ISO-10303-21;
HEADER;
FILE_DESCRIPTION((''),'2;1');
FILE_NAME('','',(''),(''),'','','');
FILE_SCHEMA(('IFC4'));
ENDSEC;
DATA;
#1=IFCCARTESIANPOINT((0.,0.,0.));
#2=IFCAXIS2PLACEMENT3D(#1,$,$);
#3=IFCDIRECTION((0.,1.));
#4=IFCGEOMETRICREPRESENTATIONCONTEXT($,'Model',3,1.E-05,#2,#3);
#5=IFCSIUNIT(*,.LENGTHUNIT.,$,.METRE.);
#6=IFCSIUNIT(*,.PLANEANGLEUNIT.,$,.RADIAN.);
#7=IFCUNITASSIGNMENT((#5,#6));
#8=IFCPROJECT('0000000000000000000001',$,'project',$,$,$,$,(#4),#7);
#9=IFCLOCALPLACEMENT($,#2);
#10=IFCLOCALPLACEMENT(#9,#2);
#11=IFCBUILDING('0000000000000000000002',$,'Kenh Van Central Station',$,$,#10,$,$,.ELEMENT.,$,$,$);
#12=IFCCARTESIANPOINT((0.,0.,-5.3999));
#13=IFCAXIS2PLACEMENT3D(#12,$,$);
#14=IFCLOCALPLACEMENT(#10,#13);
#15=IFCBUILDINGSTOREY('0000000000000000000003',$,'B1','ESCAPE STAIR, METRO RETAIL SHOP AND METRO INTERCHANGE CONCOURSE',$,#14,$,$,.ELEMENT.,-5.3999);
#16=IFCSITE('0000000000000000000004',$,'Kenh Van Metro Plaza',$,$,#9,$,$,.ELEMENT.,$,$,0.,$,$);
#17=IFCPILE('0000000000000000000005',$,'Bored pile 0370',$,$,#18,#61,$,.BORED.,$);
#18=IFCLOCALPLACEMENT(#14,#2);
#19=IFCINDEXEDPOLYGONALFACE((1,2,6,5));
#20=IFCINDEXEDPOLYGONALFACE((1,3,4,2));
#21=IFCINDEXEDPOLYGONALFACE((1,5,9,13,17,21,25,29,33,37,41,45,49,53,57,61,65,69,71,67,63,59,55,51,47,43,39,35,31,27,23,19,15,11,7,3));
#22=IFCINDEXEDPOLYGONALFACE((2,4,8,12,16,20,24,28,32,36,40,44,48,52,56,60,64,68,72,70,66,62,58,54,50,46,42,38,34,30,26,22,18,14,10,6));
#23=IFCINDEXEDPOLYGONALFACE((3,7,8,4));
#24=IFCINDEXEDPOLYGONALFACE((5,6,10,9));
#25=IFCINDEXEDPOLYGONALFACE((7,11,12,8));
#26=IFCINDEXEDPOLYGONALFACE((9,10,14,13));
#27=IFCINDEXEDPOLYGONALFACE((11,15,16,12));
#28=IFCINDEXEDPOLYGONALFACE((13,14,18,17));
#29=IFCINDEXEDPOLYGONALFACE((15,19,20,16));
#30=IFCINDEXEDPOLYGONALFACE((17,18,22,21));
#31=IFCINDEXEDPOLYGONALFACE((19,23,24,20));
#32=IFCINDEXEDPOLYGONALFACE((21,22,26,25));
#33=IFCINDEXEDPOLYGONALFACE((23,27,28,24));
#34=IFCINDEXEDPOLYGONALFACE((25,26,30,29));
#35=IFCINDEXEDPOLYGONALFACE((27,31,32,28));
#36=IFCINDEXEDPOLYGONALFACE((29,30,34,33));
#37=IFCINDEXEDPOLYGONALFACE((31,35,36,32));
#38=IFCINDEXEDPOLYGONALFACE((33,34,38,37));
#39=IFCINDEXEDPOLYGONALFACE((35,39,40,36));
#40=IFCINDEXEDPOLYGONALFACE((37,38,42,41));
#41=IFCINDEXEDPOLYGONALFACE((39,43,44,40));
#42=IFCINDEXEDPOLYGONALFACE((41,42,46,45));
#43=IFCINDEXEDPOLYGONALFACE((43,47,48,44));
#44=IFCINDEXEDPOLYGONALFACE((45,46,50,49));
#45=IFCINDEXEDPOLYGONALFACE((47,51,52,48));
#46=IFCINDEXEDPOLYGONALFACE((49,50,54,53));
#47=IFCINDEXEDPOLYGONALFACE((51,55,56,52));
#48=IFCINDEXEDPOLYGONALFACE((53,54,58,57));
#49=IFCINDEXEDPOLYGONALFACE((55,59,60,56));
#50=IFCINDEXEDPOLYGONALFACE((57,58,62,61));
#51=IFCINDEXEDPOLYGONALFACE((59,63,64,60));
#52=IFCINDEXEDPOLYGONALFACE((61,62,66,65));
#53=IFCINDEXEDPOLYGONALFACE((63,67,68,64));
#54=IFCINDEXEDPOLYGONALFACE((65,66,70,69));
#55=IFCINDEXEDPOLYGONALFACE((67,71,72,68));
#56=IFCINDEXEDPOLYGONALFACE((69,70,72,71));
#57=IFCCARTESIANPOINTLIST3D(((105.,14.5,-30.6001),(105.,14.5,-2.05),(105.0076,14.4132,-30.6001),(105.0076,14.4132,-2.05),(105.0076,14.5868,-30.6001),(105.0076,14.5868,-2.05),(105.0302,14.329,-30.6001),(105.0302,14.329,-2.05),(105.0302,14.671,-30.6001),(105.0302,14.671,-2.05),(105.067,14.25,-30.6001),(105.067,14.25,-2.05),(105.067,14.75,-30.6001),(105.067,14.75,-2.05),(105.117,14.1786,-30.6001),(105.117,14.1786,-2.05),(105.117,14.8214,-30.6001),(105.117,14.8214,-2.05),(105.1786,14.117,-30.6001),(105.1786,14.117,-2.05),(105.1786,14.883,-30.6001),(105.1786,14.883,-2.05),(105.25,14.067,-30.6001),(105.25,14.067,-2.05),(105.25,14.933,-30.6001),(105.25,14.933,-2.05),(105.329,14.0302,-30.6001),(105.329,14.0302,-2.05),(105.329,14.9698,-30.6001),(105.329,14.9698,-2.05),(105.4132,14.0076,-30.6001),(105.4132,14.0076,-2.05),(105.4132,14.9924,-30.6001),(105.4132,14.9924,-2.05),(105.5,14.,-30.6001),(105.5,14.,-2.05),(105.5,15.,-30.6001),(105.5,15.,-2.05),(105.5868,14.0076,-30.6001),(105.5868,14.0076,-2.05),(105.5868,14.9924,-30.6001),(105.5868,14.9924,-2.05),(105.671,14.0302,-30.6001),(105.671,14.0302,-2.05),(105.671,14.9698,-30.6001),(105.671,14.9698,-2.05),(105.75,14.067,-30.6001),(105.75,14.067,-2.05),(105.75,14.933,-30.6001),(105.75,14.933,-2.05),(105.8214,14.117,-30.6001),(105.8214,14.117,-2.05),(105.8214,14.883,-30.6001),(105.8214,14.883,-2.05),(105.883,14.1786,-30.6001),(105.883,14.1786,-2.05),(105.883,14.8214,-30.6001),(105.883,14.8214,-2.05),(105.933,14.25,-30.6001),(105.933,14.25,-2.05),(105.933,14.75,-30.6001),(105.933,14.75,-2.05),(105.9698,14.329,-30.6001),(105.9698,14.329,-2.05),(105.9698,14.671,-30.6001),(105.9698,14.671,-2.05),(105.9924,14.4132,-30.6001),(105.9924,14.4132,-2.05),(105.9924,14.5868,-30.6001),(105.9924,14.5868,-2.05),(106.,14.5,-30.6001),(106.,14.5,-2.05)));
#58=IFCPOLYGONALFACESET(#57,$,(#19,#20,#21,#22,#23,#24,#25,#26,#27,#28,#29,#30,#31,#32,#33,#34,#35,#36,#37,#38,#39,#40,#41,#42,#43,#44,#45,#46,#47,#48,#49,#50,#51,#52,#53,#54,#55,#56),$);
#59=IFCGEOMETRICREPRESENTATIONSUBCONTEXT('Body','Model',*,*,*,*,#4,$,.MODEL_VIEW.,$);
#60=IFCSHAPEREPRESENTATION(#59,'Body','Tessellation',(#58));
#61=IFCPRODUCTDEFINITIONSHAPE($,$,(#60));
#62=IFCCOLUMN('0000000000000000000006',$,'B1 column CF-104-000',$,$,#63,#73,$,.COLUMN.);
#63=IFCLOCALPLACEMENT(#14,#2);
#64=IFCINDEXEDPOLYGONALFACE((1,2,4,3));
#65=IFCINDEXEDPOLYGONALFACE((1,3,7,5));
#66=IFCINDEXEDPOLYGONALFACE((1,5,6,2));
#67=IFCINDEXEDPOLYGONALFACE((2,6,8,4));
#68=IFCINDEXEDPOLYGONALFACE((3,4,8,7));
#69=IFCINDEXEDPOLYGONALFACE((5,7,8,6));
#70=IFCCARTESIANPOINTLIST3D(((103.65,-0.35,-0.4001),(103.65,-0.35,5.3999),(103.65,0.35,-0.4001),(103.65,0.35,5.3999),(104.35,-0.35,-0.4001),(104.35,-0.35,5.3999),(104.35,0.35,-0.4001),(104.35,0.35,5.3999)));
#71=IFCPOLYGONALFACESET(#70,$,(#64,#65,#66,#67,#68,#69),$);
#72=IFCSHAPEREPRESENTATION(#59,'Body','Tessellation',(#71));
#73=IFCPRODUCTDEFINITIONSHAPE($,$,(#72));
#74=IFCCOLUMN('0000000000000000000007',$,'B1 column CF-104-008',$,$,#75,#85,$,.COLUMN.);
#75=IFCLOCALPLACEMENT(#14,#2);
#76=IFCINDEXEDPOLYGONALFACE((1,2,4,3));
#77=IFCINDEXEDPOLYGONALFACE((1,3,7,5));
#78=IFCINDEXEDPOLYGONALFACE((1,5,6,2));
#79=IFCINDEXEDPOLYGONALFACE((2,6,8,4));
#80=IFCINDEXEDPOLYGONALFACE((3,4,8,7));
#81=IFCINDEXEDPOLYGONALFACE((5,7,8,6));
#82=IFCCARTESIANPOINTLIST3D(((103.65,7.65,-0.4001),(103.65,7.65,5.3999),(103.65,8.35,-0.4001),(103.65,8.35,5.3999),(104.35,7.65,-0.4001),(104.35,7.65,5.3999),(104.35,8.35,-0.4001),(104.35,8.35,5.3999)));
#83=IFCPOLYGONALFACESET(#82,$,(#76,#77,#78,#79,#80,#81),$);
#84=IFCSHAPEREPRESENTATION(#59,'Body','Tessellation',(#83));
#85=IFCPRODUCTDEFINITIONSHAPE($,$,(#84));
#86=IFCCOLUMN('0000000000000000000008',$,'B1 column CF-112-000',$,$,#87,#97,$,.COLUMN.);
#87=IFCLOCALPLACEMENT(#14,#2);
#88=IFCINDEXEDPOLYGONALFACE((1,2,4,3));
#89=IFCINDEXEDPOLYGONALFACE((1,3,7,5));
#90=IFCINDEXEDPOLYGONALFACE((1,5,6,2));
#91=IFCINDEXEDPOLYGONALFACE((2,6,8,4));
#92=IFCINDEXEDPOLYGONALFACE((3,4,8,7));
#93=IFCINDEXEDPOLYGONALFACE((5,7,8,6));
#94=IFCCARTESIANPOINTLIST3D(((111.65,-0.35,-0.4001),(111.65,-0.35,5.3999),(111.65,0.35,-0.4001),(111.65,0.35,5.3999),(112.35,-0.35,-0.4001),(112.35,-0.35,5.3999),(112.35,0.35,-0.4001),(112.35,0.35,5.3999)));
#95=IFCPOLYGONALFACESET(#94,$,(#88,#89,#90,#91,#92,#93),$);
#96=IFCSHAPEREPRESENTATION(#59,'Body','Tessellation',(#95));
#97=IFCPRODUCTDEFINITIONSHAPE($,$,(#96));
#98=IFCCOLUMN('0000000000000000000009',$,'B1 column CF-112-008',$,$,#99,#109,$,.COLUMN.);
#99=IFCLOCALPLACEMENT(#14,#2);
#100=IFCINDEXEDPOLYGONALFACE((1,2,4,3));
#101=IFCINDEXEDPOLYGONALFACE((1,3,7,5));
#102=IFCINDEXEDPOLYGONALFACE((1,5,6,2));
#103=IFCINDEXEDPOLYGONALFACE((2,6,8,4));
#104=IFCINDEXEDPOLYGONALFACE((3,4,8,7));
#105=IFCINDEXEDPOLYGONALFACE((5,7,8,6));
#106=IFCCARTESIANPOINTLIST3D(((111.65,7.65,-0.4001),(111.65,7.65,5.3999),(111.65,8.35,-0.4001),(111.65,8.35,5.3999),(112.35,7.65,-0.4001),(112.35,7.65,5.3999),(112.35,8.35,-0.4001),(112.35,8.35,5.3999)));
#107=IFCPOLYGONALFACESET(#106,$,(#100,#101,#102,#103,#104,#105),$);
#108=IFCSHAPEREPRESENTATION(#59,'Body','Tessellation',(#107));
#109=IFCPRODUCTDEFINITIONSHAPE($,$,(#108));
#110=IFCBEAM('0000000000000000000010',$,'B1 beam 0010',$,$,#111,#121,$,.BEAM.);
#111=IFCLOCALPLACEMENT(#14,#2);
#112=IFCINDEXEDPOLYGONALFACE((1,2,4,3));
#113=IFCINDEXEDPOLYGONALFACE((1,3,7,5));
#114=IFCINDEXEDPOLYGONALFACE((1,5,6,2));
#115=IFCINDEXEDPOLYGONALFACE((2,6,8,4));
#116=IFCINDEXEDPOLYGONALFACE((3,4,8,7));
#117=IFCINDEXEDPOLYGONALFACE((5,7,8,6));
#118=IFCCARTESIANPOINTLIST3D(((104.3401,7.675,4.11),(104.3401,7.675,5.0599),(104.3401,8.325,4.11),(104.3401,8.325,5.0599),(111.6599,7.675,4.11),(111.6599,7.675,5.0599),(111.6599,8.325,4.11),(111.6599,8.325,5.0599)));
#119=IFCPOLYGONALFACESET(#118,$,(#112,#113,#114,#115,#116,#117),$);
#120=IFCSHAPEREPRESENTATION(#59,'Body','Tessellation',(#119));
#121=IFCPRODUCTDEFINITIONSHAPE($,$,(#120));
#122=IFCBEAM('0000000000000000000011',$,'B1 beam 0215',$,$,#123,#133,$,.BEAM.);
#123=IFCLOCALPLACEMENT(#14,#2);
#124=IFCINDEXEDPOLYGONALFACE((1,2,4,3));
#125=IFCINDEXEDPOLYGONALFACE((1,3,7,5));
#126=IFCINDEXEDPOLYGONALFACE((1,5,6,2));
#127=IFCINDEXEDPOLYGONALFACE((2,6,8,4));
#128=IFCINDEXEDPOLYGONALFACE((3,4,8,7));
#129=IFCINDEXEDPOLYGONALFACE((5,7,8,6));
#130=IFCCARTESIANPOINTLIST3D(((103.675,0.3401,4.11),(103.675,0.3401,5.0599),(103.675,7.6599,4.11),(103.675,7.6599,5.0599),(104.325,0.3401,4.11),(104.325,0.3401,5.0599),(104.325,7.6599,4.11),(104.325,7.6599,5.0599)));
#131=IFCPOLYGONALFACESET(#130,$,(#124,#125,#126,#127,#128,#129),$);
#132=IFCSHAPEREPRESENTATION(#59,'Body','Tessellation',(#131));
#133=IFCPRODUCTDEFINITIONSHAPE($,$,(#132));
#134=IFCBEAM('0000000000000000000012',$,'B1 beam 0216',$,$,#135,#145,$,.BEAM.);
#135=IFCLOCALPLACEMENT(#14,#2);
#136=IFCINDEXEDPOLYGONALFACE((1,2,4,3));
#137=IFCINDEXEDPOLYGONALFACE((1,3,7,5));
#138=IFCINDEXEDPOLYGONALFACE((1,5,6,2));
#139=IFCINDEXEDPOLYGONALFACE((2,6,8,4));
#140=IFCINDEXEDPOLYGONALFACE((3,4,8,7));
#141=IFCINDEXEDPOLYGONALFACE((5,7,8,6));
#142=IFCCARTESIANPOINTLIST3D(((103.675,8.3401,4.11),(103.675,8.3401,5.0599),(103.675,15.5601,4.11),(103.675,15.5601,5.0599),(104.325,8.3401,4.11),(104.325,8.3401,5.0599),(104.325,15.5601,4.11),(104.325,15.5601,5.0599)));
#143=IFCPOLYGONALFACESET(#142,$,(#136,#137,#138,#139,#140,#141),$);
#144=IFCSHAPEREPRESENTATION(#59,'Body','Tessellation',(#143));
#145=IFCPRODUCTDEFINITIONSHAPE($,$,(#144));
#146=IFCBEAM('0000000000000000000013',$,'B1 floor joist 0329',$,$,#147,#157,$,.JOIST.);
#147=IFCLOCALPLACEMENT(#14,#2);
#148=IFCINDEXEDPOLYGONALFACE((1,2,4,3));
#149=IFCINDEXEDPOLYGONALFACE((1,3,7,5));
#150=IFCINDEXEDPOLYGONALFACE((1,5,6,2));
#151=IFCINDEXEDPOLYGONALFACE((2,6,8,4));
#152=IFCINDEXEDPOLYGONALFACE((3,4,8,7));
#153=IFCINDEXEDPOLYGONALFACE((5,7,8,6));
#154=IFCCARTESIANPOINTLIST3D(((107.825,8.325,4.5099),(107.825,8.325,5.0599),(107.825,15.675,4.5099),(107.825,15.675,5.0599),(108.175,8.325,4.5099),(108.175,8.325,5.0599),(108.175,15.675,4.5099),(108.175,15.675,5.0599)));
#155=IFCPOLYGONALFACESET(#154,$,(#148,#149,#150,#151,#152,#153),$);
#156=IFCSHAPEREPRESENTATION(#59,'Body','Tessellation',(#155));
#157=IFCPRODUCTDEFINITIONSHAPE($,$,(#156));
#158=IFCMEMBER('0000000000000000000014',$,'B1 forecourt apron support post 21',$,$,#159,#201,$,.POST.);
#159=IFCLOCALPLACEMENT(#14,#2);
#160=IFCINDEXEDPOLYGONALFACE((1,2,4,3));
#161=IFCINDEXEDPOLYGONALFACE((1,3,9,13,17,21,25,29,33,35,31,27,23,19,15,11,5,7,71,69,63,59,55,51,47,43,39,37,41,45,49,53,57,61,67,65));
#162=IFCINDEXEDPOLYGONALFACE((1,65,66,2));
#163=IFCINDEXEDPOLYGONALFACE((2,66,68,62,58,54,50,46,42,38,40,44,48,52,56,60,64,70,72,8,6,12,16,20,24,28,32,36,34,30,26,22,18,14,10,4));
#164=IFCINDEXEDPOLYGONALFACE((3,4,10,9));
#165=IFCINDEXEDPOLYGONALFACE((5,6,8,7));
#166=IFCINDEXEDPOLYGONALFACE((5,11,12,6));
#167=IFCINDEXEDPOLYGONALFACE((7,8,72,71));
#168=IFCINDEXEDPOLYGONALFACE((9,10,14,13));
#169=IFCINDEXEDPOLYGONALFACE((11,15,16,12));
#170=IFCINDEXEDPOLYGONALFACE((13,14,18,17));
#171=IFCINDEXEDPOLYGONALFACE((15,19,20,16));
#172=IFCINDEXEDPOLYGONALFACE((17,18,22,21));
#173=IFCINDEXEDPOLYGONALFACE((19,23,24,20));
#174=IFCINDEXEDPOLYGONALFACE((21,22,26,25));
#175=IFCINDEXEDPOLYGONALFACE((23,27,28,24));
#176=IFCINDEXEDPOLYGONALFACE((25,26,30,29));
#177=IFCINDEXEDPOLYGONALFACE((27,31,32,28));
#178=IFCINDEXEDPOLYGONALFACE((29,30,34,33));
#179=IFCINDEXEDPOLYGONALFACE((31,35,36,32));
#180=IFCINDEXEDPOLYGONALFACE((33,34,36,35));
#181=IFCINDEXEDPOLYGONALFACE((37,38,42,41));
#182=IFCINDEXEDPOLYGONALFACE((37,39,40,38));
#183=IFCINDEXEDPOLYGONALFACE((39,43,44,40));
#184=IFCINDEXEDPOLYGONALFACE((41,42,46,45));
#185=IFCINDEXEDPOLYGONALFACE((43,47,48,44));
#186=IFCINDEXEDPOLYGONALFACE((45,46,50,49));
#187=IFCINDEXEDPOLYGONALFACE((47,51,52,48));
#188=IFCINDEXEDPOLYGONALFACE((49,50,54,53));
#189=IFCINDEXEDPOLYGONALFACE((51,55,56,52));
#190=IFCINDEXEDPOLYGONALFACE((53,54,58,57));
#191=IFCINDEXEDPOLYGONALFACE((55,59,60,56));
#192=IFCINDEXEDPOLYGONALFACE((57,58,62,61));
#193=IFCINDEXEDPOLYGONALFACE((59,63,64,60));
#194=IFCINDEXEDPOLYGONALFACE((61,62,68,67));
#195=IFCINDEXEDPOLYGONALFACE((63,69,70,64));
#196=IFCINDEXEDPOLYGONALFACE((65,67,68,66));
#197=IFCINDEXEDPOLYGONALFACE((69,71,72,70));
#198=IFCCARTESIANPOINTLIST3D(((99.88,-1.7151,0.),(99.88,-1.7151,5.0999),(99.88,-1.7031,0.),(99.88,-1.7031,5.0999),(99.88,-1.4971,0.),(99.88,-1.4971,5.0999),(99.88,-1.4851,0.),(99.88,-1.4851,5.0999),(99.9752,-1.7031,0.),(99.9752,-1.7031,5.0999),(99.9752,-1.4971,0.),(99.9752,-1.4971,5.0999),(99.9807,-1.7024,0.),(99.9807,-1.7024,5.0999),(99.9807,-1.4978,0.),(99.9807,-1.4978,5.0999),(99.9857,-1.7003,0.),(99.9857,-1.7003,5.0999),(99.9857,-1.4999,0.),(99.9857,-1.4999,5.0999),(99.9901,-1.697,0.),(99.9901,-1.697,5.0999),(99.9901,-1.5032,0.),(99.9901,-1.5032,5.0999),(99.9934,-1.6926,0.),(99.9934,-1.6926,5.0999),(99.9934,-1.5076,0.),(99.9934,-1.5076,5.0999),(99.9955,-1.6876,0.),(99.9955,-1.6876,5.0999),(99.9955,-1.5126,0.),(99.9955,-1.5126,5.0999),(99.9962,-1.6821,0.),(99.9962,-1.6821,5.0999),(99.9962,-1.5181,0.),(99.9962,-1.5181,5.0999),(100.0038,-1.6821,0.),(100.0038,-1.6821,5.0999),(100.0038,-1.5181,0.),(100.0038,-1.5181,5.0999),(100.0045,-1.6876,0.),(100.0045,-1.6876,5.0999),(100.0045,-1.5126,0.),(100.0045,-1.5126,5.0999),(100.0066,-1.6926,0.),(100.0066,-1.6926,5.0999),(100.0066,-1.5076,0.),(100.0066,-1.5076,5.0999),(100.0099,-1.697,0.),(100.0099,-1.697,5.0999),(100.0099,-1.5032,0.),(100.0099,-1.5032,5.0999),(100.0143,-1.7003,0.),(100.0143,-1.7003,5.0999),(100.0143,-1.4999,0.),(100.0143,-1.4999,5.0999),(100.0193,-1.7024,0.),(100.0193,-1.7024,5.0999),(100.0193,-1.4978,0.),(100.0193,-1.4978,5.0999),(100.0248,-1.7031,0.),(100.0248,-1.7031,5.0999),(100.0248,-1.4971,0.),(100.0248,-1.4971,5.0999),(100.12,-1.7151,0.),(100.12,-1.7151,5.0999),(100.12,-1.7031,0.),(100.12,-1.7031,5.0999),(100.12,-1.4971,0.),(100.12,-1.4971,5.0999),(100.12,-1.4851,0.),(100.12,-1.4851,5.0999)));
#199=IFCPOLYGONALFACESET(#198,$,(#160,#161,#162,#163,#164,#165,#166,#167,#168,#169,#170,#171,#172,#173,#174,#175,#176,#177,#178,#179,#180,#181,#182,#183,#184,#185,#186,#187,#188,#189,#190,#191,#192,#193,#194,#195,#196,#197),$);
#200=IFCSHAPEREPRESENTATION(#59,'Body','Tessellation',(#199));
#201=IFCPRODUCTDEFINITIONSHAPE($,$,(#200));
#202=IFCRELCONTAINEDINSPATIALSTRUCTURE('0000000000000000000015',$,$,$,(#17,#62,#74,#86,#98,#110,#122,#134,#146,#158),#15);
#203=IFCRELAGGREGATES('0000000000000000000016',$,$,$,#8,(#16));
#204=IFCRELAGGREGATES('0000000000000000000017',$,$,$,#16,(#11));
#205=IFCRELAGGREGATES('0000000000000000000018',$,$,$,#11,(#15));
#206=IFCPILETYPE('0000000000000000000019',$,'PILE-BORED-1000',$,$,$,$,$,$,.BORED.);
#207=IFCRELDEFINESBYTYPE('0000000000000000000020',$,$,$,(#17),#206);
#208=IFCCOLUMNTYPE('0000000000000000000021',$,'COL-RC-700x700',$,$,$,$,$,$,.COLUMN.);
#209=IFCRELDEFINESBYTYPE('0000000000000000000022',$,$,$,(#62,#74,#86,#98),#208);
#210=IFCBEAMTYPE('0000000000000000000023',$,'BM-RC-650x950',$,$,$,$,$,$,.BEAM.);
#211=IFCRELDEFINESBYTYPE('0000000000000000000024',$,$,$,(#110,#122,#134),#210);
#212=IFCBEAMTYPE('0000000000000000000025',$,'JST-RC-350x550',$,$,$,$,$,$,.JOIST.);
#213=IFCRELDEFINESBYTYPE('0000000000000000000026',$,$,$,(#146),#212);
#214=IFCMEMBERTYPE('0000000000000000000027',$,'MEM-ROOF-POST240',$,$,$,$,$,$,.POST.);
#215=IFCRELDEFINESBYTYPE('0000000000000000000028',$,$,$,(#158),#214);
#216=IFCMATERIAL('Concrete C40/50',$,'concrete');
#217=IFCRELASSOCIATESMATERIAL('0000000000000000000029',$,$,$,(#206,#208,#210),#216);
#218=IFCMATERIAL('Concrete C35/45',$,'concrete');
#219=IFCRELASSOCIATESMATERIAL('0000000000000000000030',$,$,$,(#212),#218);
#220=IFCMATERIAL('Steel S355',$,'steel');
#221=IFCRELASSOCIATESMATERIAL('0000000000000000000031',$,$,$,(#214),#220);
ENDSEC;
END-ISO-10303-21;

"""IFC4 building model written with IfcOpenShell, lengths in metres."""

from ifc_helpers import new_model, si_unit, direction, frame, origin, origin_2d, place, context, subcontext, project, spatial, rectangle, circle, i_section, extrude, material, material_profile, profile_set, type_object, element, save


model = new_model("IFC4")

# Units and contexts
model_context = context("Model", 3, precision=1e-05, world=origin(), true_north=direction((0.0, 1.0)))
body_context = subcontext(model_context, "Body", "Model", "MODEL_VIEW")
ifc_project = project(units=[si_unit("LENGTHUNIT", "METRE"), si_unit("PLANEANGLEUNIT", "RADIAN")], contexts=[model_context])

# Site, building, storey
site_placement = place(None, origin())
site = spatial("IfcSite", under=ifc_project, at=site_placement, Name="Kenh Van Metro Plaza", CompositionType="ELEMENT", RefElevation=0.0)
building_placement = place(site_placement, origin())
building = spatial("IfcBuilding", under=site, at=building_placement, Name="Kenh Van Central Station", CompositionType="ELEMENT")
storey_placement = place(building_placement, frame((0.0, 0.0, -5.3999)))
storey = spatial("IfcBuildingStorey", under=building, at=storey_placement, Name="B1", Description="ESCAPE STAIR, METRO RETAIL SHOP AND METRO INTERCHANGE CONCOURSE", CompositionType="ELEMENT", Elevation=-5.3999)

# Shared definitions
ifc_material_1 = material(Name="Concrete C40/50", Category="concrete")

# Pile
ifc_material_profile_1 = material_profile(ifc_material_1, circle(Radius=0.5, at=origin_2d()), Name="PILE D1000")
ifc_profile_set_1 = profile_set([ifc_material_profile_1], Name="Concrete C40/50")
pile_type = type_object("IfcPileType", Name="PILE-BORED-1000", PredefinedType="BORED", material=ifc_profile_set_1)
for number, where, z_axis, x_axis, name in (
    (1, (105.5, 14.5, -2.05), (0.0, 0.0, -1.0), (1.0, 0.0, 0.0), "Bored pile 0370"),
):
    element("IfcPile", number, at=place(storey_placement, frame(where, z_axis=z_axis, x_axis=x_axis)), inside=storey, type_object=pile_type, Name=name, PredefinedType="BORED", context=body_context, shape_type="SweptSolid", body=[
        extrude(circle(Radius=0.5, at=origin_2d()), origin(), (0.0, 0.0, 1.0), 28.55),
    ])

# Columns
ifc_material_profile_2 = material_profile(ifc_material_1, rectangle(XDim=0.7, YDim=0.7, at=origin_2d()), Name="RC 700x700")
ifc_profile_set_2 = profile_set([ifc_material_profile_2], Name="Concrete C40/50")
column_type = type_object("IfcColumnType", Name="COL-RC-700x700", PredefinedType="COLUMN", material=ifc_profile_set_2)
for number, where, z_axis, x_axis, name in (
    (2, (104.0, 0.0, -0.4001), (0.0, 0.0, 1.0), (1.0, 0.0, 0.0), "B1 column CF-104-000"),
    (3, (104.0, 8.0, -0.4001), (0.0, 0.0, 1.0), (1.0, 0.0, 0.0), "B1 column CF-104-008"),
    (4, (112.0, 0.0, -0.4001), (0.0, 0.0, 1.0), (1.0, 0.0, 0.0), "B1 column CF-112-000"),
    (5, (112.0, 8.0, -0.4001), (0.0, 0.0, 1.0), (1.0, 0.0, 0.0), "B1 column CF-112-008"),
):
    element("IfcColumn", number, at=place(storey_placement, frame(where, z_axis=z_axis, x_axis=x_axis)), inside=storey, type_object=column_type, Name=name, PredefinedType="COLUMN", context=body_context, shape_type="SweptSolid", body=[
        extrude(rectangle(XDim=0.7, YDim=0.7, at=origin_2d()), origin(), (0.0, 0.0, 1.0), 5.8),
    ])

# Beams
ifc_material_profile_3 = material_profile(ifc_material_1, rectangle(XDim=0.6499, YDim=0.95, at=origin_2d()), Name="RC 650x950")
ifc_profile_set_3 = profile_set([ifc_material_profile_3], Name="Concrete C40/50")
beam_type_1 = type_object("IfcBeamType", Name="BM-RC-650x950", PredefinedType="BEAM", material=ifc_profile_set_3)
for number, where, z_axis, x_axis, name in (
    (6, (104.3401, 8.0, 4.585), (1.0, 0.0, 0.0), (0.0, 1.0, 0.0), "B1 beam 0010"),
    (7, (104.0, 0.3401, 4.585), (0.0, 1.0, 0.0), (-1.0, 0.0, 0.0), "B1 beam 0215"),
):
    element("IfcBeam", number, at=place(storey_placement, frame(where, z_axis=z_axis, x_axis=x_axis)), inside=storey, type_object=beam_type_1, Name=name, PredefinedType="BEAM", context=body_context, shape_type="SweptSolid", body=[
        extrude(rectangle(XDim=0.6499, YDim=0.95, at=origin_2d()), origin(), (0.0, 0.0, 1.0), 7.3198),
    ])
beam_1_placement = place(storey_placement, frame((104.0, 8.3401, 4.585), z_axis=(0.0, 1.0, 0.0), x_axis=(-1.0, 0.0, 0.0)))
element("IfcBeam", 8, at=beam_1_placement, inside=storey, type_object=beam_type_1, Name="B1 beam 0216", PredefinedType="BEAM", context=body_context, shape_type="SweptSolid", body=[
    extrude(rectangle(XDim=0.6499, YDim=0.95, at=origin_2d()), origin(), (0.0, 0.0, 1.0), 7.22),
])
ifc_material_2 = material(Name="Concrete C35/45", Category="concrete")
ifc_material_profile_4 = material_profile(ifc_material_2, rectangle(XDim=0.3501, YDim=0.55, at=origin_2d()), Name="RC 350x550")
ifc_profile_set_4 = profile_set([ifc_material_profile_4], Name="Concrete C35/45")
beam_type_2 = type_object("IfcBeamType", Name="JST-RC-350x550", PredefinedType="JOIST", material=ifc_profile_set_4)
beam_2_placement = place(storey_placement, frame((108.0, 8.325, 4.7849), z_axis=(0.0, 1.0, 0.0), x_axis=(-1.0, 0.0, 0.0)))
element("IfcBeam", 9, at=beam_2_placement, inside=storey, type_object=beam_type_2, Name="B1 floor joist 0329", PredefinedType="JOIST", context=body_context, shape_type="SweptSolid", body=[
    extrude(rectangle(XDim=0.3501, YDim=0.55, at=origin_2d()), origin(), (0.0, 0.0, 1.0), 7.3501),
])

# Member
ifc_material_3 = material(Name="Steel S355", Category="steel")
ifc_material_profile_5 = material_profile(ifc_material_3, i_section(OverallWidth=0.24, OverallDepth=0.23, WebThickness=0.0076, FlangeThickness=0.012, FilletRadius=0.021, at=origin_2d()), Name="HEA 240")
ifc_profile_set_5 = profile_set([ifc_material_profile_5], Name="Steel S355")
member_type = type_object("IfcMemberType", Name="MEM-ROOF-POST240", PredefinedType="POST", material=ifc_profile_set_5)
for number, where, z_axis, x_axis, name in (
    (10, (100.0, -1.6001, 0.0), (0.0, 0.0, 1.0), (1.0, 0.0, 0.0), "B1 forecourt apron support post 21"),
):
    element("IfcMember", number, at=place(storey_placement, frame(where, z_axis=z_axis, x_axis=x_axis)), inside=storey, type_object=member_type, Name=name, PredefinedType="POST", context=body_context, shape_type="SweptSolid", body=[
        extrude(i_section(OverallWidth=0.24, OverallDepth=0.23, WebThickness=0.0076, FlangeThickness=0.012, FilletRadius=0.021, at=origin_2d()), origin(), (0.0, 0.0, 1.0), 5.0999),
    ])

save(model, "model.ifc")
